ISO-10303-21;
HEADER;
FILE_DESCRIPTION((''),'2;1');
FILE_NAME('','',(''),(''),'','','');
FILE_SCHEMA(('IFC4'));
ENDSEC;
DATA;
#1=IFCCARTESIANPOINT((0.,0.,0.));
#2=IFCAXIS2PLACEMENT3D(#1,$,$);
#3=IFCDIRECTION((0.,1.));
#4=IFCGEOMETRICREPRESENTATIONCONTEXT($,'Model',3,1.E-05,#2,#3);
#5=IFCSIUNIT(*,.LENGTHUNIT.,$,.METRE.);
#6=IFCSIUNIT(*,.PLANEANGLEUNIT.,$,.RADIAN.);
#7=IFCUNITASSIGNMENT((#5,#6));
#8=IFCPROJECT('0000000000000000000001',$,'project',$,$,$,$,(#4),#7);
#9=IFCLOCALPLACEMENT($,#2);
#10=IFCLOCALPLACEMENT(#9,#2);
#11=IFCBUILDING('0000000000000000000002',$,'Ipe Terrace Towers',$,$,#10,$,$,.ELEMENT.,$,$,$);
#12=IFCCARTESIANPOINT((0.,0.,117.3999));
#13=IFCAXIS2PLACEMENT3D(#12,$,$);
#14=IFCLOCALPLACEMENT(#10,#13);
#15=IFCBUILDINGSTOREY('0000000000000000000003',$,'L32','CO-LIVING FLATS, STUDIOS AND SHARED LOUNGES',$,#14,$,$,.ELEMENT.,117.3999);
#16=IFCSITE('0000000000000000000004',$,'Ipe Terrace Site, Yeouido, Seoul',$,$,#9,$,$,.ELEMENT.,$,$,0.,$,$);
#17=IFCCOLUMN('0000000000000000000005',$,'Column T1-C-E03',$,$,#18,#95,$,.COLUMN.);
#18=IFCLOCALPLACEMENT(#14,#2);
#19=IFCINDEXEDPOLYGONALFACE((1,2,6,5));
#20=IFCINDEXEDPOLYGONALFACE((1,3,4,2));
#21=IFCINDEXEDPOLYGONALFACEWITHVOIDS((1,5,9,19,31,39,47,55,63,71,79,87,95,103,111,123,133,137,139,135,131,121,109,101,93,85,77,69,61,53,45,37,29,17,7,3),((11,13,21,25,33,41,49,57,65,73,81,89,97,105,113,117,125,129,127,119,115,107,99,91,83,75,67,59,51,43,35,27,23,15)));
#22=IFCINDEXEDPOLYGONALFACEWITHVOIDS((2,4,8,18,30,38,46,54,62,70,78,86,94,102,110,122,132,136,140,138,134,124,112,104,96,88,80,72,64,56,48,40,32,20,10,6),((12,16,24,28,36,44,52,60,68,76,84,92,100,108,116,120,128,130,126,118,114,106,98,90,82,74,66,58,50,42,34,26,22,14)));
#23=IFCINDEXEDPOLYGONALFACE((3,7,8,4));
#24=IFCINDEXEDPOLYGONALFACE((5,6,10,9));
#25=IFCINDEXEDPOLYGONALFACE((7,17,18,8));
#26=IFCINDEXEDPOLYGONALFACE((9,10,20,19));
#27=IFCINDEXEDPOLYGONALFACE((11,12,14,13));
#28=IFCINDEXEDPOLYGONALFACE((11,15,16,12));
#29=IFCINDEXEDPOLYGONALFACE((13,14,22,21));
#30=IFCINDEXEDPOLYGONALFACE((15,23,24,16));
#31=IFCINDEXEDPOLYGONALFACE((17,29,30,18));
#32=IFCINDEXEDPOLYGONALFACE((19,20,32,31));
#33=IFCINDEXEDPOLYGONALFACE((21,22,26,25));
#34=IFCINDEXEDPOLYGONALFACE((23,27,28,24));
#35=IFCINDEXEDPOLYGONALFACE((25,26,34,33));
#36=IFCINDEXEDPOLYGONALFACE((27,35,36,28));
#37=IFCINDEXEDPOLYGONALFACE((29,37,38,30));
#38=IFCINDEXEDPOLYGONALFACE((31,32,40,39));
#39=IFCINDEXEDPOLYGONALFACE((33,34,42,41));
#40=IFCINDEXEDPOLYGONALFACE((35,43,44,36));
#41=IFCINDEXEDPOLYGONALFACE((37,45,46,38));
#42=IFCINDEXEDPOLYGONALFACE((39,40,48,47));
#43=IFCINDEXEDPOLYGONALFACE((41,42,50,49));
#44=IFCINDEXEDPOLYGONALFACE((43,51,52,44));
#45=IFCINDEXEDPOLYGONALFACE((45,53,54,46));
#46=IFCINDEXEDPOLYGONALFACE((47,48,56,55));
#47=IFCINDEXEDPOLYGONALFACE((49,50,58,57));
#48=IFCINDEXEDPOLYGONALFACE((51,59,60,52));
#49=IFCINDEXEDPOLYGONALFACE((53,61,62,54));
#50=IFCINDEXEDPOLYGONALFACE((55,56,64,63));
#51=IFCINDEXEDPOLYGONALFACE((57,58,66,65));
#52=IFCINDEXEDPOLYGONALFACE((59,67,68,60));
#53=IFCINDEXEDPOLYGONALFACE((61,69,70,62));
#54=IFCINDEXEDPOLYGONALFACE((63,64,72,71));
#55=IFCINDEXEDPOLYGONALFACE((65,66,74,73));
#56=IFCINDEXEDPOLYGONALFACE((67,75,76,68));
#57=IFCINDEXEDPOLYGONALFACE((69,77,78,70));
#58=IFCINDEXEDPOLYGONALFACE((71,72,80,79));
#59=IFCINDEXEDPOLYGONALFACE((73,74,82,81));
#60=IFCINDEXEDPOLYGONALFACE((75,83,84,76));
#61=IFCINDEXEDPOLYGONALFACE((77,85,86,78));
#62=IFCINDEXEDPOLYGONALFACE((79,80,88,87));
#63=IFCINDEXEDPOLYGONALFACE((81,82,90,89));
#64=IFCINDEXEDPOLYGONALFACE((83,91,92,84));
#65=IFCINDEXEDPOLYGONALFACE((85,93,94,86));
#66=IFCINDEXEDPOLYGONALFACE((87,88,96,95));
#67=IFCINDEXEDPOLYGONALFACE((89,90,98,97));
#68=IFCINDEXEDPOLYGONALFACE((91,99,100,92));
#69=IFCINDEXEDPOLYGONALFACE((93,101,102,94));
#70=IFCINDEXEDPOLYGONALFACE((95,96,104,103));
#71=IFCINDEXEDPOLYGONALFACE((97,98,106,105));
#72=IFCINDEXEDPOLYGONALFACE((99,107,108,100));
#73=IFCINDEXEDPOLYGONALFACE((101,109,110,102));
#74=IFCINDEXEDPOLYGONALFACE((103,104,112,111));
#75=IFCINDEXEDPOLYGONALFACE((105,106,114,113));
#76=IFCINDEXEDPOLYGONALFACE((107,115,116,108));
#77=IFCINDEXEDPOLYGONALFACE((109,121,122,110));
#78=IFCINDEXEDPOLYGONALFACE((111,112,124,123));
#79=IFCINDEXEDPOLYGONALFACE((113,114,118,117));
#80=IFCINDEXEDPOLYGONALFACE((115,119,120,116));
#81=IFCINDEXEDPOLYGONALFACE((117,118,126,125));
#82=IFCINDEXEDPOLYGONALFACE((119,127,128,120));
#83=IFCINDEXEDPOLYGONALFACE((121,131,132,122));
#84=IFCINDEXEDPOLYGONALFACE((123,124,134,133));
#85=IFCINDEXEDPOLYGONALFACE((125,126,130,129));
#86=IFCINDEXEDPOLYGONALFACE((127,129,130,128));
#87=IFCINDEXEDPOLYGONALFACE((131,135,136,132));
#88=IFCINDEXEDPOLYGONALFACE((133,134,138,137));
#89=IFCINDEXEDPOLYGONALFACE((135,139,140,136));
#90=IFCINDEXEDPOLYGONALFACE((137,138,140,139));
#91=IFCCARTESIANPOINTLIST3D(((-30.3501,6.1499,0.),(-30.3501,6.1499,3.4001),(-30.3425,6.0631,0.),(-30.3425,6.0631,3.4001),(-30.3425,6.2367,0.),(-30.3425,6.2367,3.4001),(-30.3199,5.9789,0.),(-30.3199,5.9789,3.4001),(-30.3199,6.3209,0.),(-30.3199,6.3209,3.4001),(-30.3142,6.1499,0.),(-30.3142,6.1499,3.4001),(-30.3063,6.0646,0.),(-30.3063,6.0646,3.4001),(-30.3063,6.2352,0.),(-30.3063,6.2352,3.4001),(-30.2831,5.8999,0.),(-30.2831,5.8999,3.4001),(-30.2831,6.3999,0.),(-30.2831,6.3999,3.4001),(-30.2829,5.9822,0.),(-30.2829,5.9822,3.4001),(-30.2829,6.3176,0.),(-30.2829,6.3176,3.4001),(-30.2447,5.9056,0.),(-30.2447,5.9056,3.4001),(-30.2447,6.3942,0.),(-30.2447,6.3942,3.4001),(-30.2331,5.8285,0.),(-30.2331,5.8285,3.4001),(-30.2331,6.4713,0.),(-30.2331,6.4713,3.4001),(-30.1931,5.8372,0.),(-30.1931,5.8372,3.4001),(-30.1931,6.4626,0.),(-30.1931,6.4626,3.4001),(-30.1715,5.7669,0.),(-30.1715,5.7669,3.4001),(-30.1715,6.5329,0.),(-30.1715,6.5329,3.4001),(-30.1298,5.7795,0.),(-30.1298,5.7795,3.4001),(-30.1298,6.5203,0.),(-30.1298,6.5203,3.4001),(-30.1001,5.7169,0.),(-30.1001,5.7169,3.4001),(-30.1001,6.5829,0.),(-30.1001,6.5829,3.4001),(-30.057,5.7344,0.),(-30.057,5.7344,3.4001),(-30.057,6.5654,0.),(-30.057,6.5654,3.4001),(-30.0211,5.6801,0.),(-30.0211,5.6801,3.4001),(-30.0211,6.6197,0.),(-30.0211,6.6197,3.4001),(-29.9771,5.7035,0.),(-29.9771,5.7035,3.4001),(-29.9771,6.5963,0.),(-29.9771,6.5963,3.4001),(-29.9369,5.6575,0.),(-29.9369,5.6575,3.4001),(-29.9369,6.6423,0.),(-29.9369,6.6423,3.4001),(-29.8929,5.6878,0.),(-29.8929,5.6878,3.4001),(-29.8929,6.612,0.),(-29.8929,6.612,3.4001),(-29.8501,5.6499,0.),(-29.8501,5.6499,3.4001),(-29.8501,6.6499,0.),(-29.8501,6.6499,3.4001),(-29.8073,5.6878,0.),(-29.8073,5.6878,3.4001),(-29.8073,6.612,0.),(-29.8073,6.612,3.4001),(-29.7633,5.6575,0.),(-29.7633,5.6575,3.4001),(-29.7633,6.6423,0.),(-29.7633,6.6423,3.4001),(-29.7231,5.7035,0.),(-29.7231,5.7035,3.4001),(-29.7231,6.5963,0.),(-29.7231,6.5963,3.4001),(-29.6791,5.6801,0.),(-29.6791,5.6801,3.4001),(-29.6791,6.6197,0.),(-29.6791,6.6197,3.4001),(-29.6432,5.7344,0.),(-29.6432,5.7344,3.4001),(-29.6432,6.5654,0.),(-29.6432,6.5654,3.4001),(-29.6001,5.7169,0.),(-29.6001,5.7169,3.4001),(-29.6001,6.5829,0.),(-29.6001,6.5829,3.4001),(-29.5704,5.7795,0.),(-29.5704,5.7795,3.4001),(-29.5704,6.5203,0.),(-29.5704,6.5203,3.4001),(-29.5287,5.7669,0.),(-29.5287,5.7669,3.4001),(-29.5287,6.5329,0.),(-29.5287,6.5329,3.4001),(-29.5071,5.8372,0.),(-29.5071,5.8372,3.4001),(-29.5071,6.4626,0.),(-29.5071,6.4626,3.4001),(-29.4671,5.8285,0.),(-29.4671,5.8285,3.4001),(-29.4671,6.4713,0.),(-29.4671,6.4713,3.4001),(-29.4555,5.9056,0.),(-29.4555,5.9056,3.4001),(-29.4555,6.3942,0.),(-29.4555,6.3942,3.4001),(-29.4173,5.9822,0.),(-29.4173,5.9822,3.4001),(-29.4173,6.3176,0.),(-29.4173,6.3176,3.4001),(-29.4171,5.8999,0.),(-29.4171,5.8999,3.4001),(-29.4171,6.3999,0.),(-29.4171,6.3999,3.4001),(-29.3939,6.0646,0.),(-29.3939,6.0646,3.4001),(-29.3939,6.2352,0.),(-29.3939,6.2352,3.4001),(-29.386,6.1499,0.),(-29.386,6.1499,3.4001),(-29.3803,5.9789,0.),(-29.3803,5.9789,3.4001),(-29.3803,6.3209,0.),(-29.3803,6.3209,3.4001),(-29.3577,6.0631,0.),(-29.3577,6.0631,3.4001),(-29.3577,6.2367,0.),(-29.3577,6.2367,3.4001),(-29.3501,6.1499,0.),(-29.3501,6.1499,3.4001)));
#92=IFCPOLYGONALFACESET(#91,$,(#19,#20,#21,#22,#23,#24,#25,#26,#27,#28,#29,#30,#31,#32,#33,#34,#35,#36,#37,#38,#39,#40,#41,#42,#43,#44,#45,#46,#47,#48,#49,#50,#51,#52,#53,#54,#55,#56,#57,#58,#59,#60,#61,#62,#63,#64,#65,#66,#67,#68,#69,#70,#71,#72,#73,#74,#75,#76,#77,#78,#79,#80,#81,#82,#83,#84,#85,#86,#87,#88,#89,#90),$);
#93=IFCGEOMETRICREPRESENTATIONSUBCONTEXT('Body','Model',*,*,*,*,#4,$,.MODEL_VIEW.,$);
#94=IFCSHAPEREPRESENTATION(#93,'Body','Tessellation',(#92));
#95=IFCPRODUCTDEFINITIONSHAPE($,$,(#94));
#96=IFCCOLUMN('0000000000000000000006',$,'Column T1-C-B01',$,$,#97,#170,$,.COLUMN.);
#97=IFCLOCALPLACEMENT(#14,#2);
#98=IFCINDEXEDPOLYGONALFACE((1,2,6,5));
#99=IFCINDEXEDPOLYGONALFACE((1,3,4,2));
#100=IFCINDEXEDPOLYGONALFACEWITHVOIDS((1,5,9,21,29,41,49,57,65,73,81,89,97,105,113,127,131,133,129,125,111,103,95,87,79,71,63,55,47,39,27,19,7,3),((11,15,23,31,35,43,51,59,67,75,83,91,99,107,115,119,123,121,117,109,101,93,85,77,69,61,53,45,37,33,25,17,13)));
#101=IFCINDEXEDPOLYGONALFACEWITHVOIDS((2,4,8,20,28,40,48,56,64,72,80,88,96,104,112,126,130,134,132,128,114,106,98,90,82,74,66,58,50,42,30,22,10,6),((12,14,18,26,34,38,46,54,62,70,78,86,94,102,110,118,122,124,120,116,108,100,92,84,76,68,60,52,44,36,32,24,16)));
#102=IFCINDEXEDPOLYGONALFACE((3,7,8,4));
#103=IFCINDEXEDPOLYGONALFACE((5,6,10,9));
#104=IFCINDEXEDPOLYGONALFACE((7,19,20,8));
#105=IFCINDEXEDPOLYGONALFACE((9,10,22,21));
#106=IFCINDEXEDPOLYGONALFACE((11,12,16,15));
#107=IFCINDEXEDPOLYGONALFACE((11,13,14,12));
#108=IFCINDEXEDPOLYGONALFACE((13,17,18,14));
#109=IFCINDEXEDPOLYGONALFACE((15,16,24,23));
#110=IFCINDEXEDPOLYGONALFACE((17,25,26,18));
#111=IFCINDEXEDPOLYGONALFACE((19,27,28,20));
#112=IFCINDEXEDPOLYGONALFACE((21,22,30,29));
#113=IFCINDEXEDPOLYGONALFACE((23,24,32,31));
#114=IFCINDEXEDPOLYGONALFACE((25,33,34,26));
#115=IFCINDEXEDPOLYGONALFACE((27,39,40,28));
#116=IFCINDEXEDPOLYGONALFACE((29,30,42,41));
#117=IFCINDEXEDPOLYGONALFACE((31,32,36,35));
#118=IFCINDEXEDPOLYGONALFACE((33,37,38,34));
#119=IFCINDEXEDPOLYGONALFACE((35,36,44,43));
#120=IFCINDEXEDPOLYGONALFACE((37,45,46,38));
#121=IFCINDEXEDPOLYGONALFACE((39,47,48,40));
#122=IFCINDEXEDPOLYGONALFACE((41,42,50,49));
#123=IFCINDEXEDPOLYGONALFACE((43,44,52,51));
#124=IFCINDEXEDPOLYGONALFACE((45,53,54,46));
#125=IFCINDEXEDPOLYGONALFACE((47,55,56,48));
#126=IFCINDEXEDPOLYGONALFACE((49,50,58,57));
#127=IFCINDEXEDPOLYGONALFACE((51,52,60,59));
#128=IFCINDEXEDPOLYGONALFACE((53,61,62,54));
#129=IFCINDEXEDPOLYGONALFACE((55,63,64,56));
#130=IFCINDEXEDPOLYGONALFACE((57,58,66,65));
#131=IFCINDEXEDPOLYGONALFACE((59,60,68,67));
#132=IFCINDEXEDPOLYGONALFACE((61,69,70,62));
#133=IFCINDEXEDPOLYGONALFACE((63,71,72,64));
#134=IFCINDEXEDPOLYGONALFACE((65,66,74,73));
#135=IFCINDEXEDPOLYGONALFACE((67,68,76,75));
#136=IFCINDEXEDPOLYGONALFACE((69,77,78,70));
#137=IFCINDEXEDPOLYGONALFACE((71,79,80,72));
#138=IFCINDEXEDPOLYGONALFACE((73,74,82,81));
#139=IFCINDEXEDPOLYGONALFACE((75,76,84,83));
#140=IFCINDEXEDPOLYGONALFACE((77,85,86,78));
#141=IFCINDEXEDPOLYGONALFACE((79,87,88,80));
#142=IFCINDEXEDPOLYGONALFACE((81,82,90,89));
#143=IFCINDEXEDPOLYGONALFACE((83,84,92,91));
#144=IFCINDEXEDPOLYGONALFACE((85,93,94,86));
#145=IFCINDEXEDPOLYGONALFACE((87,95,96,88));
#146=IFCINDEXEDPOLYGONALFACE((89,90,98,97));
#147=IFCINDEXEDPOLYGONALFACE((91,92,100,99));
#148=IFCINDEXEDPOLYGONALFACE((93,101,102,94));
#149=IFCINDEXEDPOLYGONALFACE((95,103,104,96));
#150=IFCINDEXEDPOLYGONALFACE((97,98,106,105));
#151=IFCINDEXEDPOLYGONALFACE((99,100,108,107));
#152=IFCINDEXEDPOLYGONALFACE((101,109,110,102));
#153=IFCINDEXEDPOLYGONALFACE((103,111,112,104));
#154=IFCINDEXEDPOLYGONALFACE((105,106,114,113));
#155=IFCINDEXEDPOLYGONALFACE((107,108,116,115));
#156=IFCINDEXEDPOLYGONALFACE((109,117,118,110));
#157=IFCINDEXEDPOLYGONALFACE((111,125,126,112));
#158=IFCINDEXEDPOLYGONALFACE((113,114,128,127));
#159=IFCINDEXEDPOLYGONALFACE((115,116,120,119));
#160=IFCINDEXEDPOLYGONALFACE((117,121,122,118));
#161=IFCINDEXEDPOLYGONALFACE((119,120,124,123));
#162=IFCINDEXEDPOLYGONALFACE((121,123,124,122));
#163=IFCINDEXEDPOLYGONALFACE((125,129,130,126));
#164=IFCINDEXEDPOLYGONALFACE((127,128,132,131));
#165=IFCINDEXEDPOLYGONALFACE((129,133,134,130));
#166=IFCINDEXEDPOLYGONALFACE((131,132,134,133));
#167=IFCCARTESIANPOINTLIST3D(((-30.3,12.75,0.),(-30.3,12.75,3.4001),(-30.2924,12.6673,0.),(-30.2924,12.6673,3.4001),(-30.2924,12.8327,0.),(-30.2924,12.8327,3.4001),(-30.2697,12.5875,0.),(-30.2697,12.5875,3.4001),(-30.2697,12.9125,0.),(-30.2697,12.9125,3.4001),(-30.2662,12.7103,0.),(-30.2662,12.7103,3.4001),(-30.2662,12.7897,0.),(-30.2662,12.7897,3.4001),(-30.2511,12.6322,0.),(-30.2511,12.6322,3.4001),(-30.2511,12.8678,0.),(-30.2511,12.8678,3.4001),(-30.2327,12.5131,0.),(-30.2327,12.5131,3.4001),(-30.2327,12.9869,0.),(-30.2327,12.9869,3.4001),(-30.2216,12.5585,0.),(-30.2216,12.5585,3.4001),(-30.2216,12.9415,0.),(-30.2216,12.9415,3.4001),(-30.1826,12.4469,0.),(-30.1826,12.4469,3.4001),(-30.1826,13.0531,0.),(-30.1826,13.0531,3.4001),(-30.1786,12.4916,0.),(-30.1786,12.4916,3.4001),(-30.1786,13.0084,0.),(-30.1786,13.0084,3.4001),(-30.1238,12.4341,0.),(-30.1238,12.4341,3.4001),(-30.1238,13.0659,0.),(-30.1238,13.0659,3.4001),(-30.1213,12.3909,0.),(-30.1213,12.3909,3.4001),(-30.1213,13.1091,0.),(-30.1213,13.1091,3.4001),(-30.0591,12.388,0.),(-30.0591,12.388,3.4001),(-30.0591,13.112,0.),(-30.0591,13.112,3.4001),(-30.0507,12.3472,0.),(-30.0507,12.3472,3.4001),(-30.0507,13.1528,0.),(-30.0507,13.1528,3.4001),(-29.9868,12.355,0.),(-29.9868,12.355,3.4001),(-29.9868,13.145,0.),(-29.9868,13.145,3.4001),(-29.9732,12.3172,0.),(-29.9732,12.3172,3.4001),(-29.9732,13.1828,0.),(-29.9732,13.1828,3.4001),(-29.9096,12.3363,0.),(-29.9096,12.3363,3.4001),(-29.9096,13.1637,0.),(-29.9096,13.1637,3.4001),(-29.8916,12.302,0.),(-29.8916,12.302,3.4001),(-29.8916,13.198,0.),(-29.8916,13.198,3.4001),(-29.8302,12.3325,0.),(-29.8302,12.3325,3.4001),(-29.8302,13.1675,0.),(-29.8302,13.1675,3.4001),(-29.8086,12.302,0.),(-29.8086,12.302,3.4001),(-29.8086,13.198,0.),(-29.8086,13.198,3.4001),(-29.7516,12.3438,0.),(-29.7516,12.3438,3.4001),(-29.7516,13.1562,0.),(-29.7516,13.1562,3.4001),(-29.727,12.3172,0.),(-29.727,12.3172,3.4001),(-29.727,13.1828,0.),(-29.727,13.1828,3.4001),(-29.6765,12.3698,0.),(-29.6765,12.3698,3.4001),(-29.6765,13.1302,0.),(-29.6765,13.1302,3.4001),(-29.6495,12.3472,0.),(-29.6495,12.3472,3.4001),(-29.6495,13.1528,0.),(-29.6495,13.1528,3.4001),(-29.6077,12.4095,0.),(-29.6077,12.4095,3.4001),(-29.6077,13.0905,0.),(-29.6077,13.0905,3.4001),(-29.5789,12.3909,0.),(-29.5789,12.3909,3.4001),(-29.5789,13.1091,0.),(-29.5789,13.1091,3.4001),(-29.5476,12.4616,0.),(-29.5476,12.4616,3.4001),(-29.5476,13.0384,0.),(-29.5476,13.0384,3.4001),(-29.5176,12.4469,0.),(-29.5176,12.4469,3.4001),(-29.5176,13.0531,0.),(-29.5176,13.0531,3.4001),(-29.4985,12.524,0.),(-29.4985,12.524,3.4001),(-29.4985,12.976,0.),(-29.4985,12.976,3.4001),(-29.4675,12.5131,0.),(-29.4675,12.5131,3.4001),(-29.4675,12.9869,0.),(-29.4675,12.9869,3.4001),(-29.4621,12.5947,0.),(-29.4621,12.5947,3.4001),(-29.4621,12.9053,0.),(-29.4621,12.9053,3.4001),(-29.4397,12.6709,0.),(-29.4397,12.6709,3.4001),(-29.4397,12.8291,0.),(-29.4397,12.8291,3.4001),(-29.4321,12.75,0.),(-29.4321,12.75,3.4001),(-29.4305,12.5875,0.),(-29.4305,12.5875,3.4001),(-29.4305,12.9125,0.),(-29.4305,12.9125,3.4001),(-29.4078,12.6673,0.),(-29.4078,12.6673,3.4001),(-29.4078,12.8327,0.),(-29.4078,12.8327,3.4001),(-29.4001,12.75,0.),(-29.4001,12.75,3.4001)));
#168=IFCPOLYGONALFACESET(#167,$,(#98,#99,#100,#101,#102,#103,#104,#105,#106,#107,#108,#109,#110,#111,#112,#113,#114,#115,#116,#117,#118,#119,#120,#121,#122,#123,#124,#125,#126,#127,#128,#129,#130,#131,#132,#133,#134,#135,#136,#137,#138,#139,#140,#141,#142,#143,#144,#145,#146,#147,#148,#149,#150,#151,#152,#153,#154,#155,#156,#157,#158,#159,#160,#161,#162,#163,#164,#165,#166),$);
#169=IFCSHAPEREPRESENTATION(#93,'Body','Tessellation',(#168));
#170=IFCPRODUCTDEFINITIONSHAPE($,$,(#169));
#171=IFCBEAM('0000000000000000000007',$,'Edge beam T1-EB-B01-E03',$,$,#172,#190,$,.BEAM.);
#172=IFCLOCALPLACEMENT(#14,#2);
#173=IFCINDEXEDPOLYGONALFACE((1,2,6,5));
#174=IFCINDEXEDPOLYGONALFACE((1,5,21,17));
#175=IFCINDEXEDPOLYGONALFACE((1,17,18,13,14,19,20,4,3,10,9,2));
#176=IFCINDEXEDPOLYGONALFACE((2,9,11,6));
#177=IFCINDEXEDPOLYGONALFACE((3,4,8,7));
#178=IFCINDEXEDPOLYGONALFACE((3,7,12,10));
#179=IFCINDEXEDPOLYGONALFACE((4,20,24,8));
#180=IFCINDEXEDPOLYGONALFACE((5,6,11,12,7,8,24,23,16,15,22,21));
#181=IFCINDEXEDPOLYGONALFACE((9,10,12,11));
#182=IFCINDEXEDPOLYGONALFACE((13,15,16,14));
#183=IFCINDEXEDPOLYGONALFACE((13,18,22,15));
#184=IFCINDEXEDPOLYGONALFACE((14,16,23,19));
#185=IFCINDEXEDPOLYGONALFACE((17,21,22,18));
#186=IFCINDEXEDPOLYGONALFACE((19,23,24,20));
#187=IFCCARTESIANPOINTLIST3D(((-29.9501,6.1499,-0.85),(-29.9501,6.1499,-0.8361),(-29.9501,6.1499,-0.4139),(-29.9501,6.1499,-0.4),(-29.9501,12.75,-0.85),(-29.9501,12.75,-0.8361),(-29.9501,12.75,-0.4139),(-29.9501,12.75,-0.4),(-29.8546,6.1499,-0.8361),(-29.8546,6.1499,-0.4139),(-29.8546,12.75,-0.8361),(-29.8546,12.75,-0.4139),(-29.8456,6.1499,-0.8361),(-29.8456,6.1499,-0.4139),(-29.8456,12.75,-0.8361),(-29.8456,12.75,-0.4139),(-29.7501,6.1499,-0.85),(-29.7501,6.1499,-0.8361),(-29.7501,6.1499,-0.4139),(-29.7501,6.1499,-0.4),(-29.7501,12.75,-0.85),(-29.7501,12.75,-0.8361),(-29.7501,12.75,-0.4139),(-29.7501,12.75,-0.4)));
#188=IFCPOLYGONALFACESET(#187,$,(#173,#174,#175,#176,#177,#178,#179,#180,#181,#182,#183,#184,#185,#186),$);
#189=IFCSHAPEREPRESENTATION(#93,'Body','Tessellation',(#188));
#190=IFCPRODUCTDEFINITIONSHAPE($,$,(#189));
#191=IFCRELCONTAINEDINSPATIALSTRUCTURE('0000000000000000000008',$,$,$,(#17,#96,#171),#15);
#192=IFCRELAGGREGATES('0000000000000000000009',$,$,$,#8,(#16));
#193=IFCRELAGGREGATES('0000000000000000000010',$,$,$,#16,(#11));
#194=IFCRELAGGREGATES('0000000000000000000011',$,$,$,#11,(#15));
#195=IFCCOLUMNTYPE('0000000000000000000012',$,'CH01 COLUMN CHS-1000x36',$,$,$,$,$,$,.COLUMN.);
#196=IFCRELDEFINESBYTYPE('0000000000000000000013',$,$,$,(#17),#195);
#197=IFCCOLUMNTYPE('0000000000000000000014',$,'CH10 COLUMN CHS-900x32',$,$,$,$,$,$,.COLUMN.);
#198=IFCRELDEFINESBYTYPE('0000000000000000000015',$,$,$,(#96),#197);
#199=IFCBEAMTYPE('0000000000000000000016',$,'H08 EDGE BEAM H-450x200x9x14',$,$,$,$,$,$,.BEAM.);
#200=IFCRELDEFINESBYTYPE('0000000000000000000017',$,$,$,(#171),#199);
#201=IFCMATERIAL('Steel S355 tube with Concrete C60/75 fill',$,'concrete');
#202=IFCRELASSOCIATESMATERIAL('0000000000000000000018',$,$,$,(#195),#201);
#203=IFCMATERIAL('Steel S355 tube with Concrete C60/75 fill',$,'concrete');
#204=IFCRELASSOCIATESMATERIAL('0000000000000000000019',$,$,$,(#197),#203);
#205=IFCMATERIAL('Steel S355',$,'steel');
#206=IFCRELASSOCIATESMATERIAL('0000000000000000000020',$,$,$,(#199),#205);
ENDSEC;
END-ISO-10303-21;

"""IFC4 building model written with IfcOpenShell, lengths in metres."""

from ifc_helpers import new_model, si_unit, direction, frame, origin, origin_2d, place, context, subcontext, project, spatial, hollow_circle, i_section, extrude, material, material_profile, profile_set, type_object, element, save


model = new_model("IFC4")

# Units and contexts
model_context = context("Model", 3, precision=1e-05, world=origin(), true_north=direction((0.0, 1.0)))
body_context = subcontext(model_context, "Body", "Model", "MODEL_VIEW")
ifc_project = project(units=[si_unit("LENGTHUNIT", "METRE"), si_unit("PLANEANGLEUNIT", "RADIAN")], contexts=[model_context])

# Site, building, storey
site_placement = place(None, origin())
site = spatial("IfcSite", under=ifc_project, at=site_placement, Name="Ipe Terrace Site, Yeouido, Seoul", CompositionType="ELEMENT", RefElevation=0.0)
building_placement = place(site_placement, origin())
building = spatial("IfcBuilding", under=site, at=building_placement, Name="Ipe Terrace Towers", CompositionType="ELEMENT")
storey_placement = place(building_placement, frame((0.0, 0.0, 117.3999)))
storey = spatial("IfcBuildingStorey", under=building, at=storey_placement, Name="L32", Description="CO-LIVING FLATS, STUDIOS AND SHARED LOUNGES", CompositionType="ELEMENT", Elevation=117.3999)

# Columns
ifc_material_1 = material(Name="Steel S355 tube with Concrete C60/75 fill", Category="concrete")
ifc_material_profile_1 = material_profile(ifc_material_1, hollow_circle(Radius=0.5, WallThickness=0.0359, at=origin_2d()), Name="CHS-1000x36")
ifc_profile_set_1 = profile_set([ifc_material_profile_1], Name="Steel S355 tube with Concrete C60/75 fill")
column_type_1 = type_object("IfcColumnType", Name="CH01 COLUMN CHS-1000x36", PredefinedType="COLUMN", material=ifc_profile_set_1)
column_1_placement = place(storey_placement, frame((-29.8501, 6.1499, 0.0), z_axis=(0.0, 0.0, 1.0), x_axis=(1.0, 0.0, 0.0)))
element("IfcColumn", 1, at=column_1_placement, inside=storey, type_object=column_type_1, Name="Column T1-C-E03", PredefinedType="COLUMN", context=body_context, shape_type="SweptSolid", body=[
    extrude(hollow_circle(Radius=0.5, WallThickness=0.0359, at=origin_2d()), origin(), (0.0, 0.0, 1.0), 3.4001),
])
ifc_material_2 = material(Name="Steel S355 tube with Concrete C60/75 fill", Category="concrete")
ifc_material_profile_2 = material_profile(ifc_material_2, hollow_circle(Radius=0.45, WallThickness=0.032, at=origin_2d()), Name="CHS-900x32")
ifc_profile_set_2 = profile_set([ifc_material_profile_2], Name="Steel S355 tube with Concrete C60/75 fill")
column_type_2 = type_object("IfcColumnType", Name="CH10 COLUMN CHS-900x32", PredefinedType="COLUMN", material=ifc_profile_set_2)
column_2_placement = place(storey_placement, frame((-29.8501, 12.75, 0.0), z_axis=(0.0, 0.0, 1.0), x_axis=(1.0, 0.0, 0.0)))
element("IfcColumn", 2, at=column_2_placement, inside=storey, type_object=column_type_2, Name="Column T1-C-B01", PredefinedType="COLUMN", context=body_context, shape_type="SweptSolid", body=[
    extrude(hollow_circle(Radius=0.45, WallThickness=0.032, at=origin_2d()), origin(), (0.0, 0.0, 1.0), 3.4001),
])

# Beam
ifc_material_3 = material(Name="Steel S355", Category="steel")
ifc_material_profile_3 = material_profile(ifc_material_3, i_section(OverallWidth=0.2, OverallDepth=0.45, WebThickness=0.009, FlangeThickness=0.0139, at=origin_2d()), Name="H-450x200x9x14")
ifc_profile_set_3 = profile_set([ifc_material_profile_3], Name="Steel S355")
beam_type = type_object("IfcBeamType", Name="H08 EDGE BEAM H-450x200x9x14", PredefinedType="BEAM", material=ifc_profile_set_3)
beam_placement = place(storey_placement, frame((-29.8501, 12.75, -0.625), z_axis=(0.0, -1.0, 0.0), x_axis=(1.0, 0.0, 0.0)))
element("IfcBeam", 3, at=beam_placement, inside=storey, type_object=beam_type, Name="Edge beam T1-EB-B01-E03", PredefinedType="BEAM", context=body_context, shape_type="SweptSolid", body=[
    extrude(i_section(OverallWidth=0.2, OverallDepth=0.45, WebThickness=0.009, FlangeThickness=0.0139, at=origin_2d()), origin(), (0.0, 0.0, 1.0), 6.6001),
])

save(model, "model.ifc")
